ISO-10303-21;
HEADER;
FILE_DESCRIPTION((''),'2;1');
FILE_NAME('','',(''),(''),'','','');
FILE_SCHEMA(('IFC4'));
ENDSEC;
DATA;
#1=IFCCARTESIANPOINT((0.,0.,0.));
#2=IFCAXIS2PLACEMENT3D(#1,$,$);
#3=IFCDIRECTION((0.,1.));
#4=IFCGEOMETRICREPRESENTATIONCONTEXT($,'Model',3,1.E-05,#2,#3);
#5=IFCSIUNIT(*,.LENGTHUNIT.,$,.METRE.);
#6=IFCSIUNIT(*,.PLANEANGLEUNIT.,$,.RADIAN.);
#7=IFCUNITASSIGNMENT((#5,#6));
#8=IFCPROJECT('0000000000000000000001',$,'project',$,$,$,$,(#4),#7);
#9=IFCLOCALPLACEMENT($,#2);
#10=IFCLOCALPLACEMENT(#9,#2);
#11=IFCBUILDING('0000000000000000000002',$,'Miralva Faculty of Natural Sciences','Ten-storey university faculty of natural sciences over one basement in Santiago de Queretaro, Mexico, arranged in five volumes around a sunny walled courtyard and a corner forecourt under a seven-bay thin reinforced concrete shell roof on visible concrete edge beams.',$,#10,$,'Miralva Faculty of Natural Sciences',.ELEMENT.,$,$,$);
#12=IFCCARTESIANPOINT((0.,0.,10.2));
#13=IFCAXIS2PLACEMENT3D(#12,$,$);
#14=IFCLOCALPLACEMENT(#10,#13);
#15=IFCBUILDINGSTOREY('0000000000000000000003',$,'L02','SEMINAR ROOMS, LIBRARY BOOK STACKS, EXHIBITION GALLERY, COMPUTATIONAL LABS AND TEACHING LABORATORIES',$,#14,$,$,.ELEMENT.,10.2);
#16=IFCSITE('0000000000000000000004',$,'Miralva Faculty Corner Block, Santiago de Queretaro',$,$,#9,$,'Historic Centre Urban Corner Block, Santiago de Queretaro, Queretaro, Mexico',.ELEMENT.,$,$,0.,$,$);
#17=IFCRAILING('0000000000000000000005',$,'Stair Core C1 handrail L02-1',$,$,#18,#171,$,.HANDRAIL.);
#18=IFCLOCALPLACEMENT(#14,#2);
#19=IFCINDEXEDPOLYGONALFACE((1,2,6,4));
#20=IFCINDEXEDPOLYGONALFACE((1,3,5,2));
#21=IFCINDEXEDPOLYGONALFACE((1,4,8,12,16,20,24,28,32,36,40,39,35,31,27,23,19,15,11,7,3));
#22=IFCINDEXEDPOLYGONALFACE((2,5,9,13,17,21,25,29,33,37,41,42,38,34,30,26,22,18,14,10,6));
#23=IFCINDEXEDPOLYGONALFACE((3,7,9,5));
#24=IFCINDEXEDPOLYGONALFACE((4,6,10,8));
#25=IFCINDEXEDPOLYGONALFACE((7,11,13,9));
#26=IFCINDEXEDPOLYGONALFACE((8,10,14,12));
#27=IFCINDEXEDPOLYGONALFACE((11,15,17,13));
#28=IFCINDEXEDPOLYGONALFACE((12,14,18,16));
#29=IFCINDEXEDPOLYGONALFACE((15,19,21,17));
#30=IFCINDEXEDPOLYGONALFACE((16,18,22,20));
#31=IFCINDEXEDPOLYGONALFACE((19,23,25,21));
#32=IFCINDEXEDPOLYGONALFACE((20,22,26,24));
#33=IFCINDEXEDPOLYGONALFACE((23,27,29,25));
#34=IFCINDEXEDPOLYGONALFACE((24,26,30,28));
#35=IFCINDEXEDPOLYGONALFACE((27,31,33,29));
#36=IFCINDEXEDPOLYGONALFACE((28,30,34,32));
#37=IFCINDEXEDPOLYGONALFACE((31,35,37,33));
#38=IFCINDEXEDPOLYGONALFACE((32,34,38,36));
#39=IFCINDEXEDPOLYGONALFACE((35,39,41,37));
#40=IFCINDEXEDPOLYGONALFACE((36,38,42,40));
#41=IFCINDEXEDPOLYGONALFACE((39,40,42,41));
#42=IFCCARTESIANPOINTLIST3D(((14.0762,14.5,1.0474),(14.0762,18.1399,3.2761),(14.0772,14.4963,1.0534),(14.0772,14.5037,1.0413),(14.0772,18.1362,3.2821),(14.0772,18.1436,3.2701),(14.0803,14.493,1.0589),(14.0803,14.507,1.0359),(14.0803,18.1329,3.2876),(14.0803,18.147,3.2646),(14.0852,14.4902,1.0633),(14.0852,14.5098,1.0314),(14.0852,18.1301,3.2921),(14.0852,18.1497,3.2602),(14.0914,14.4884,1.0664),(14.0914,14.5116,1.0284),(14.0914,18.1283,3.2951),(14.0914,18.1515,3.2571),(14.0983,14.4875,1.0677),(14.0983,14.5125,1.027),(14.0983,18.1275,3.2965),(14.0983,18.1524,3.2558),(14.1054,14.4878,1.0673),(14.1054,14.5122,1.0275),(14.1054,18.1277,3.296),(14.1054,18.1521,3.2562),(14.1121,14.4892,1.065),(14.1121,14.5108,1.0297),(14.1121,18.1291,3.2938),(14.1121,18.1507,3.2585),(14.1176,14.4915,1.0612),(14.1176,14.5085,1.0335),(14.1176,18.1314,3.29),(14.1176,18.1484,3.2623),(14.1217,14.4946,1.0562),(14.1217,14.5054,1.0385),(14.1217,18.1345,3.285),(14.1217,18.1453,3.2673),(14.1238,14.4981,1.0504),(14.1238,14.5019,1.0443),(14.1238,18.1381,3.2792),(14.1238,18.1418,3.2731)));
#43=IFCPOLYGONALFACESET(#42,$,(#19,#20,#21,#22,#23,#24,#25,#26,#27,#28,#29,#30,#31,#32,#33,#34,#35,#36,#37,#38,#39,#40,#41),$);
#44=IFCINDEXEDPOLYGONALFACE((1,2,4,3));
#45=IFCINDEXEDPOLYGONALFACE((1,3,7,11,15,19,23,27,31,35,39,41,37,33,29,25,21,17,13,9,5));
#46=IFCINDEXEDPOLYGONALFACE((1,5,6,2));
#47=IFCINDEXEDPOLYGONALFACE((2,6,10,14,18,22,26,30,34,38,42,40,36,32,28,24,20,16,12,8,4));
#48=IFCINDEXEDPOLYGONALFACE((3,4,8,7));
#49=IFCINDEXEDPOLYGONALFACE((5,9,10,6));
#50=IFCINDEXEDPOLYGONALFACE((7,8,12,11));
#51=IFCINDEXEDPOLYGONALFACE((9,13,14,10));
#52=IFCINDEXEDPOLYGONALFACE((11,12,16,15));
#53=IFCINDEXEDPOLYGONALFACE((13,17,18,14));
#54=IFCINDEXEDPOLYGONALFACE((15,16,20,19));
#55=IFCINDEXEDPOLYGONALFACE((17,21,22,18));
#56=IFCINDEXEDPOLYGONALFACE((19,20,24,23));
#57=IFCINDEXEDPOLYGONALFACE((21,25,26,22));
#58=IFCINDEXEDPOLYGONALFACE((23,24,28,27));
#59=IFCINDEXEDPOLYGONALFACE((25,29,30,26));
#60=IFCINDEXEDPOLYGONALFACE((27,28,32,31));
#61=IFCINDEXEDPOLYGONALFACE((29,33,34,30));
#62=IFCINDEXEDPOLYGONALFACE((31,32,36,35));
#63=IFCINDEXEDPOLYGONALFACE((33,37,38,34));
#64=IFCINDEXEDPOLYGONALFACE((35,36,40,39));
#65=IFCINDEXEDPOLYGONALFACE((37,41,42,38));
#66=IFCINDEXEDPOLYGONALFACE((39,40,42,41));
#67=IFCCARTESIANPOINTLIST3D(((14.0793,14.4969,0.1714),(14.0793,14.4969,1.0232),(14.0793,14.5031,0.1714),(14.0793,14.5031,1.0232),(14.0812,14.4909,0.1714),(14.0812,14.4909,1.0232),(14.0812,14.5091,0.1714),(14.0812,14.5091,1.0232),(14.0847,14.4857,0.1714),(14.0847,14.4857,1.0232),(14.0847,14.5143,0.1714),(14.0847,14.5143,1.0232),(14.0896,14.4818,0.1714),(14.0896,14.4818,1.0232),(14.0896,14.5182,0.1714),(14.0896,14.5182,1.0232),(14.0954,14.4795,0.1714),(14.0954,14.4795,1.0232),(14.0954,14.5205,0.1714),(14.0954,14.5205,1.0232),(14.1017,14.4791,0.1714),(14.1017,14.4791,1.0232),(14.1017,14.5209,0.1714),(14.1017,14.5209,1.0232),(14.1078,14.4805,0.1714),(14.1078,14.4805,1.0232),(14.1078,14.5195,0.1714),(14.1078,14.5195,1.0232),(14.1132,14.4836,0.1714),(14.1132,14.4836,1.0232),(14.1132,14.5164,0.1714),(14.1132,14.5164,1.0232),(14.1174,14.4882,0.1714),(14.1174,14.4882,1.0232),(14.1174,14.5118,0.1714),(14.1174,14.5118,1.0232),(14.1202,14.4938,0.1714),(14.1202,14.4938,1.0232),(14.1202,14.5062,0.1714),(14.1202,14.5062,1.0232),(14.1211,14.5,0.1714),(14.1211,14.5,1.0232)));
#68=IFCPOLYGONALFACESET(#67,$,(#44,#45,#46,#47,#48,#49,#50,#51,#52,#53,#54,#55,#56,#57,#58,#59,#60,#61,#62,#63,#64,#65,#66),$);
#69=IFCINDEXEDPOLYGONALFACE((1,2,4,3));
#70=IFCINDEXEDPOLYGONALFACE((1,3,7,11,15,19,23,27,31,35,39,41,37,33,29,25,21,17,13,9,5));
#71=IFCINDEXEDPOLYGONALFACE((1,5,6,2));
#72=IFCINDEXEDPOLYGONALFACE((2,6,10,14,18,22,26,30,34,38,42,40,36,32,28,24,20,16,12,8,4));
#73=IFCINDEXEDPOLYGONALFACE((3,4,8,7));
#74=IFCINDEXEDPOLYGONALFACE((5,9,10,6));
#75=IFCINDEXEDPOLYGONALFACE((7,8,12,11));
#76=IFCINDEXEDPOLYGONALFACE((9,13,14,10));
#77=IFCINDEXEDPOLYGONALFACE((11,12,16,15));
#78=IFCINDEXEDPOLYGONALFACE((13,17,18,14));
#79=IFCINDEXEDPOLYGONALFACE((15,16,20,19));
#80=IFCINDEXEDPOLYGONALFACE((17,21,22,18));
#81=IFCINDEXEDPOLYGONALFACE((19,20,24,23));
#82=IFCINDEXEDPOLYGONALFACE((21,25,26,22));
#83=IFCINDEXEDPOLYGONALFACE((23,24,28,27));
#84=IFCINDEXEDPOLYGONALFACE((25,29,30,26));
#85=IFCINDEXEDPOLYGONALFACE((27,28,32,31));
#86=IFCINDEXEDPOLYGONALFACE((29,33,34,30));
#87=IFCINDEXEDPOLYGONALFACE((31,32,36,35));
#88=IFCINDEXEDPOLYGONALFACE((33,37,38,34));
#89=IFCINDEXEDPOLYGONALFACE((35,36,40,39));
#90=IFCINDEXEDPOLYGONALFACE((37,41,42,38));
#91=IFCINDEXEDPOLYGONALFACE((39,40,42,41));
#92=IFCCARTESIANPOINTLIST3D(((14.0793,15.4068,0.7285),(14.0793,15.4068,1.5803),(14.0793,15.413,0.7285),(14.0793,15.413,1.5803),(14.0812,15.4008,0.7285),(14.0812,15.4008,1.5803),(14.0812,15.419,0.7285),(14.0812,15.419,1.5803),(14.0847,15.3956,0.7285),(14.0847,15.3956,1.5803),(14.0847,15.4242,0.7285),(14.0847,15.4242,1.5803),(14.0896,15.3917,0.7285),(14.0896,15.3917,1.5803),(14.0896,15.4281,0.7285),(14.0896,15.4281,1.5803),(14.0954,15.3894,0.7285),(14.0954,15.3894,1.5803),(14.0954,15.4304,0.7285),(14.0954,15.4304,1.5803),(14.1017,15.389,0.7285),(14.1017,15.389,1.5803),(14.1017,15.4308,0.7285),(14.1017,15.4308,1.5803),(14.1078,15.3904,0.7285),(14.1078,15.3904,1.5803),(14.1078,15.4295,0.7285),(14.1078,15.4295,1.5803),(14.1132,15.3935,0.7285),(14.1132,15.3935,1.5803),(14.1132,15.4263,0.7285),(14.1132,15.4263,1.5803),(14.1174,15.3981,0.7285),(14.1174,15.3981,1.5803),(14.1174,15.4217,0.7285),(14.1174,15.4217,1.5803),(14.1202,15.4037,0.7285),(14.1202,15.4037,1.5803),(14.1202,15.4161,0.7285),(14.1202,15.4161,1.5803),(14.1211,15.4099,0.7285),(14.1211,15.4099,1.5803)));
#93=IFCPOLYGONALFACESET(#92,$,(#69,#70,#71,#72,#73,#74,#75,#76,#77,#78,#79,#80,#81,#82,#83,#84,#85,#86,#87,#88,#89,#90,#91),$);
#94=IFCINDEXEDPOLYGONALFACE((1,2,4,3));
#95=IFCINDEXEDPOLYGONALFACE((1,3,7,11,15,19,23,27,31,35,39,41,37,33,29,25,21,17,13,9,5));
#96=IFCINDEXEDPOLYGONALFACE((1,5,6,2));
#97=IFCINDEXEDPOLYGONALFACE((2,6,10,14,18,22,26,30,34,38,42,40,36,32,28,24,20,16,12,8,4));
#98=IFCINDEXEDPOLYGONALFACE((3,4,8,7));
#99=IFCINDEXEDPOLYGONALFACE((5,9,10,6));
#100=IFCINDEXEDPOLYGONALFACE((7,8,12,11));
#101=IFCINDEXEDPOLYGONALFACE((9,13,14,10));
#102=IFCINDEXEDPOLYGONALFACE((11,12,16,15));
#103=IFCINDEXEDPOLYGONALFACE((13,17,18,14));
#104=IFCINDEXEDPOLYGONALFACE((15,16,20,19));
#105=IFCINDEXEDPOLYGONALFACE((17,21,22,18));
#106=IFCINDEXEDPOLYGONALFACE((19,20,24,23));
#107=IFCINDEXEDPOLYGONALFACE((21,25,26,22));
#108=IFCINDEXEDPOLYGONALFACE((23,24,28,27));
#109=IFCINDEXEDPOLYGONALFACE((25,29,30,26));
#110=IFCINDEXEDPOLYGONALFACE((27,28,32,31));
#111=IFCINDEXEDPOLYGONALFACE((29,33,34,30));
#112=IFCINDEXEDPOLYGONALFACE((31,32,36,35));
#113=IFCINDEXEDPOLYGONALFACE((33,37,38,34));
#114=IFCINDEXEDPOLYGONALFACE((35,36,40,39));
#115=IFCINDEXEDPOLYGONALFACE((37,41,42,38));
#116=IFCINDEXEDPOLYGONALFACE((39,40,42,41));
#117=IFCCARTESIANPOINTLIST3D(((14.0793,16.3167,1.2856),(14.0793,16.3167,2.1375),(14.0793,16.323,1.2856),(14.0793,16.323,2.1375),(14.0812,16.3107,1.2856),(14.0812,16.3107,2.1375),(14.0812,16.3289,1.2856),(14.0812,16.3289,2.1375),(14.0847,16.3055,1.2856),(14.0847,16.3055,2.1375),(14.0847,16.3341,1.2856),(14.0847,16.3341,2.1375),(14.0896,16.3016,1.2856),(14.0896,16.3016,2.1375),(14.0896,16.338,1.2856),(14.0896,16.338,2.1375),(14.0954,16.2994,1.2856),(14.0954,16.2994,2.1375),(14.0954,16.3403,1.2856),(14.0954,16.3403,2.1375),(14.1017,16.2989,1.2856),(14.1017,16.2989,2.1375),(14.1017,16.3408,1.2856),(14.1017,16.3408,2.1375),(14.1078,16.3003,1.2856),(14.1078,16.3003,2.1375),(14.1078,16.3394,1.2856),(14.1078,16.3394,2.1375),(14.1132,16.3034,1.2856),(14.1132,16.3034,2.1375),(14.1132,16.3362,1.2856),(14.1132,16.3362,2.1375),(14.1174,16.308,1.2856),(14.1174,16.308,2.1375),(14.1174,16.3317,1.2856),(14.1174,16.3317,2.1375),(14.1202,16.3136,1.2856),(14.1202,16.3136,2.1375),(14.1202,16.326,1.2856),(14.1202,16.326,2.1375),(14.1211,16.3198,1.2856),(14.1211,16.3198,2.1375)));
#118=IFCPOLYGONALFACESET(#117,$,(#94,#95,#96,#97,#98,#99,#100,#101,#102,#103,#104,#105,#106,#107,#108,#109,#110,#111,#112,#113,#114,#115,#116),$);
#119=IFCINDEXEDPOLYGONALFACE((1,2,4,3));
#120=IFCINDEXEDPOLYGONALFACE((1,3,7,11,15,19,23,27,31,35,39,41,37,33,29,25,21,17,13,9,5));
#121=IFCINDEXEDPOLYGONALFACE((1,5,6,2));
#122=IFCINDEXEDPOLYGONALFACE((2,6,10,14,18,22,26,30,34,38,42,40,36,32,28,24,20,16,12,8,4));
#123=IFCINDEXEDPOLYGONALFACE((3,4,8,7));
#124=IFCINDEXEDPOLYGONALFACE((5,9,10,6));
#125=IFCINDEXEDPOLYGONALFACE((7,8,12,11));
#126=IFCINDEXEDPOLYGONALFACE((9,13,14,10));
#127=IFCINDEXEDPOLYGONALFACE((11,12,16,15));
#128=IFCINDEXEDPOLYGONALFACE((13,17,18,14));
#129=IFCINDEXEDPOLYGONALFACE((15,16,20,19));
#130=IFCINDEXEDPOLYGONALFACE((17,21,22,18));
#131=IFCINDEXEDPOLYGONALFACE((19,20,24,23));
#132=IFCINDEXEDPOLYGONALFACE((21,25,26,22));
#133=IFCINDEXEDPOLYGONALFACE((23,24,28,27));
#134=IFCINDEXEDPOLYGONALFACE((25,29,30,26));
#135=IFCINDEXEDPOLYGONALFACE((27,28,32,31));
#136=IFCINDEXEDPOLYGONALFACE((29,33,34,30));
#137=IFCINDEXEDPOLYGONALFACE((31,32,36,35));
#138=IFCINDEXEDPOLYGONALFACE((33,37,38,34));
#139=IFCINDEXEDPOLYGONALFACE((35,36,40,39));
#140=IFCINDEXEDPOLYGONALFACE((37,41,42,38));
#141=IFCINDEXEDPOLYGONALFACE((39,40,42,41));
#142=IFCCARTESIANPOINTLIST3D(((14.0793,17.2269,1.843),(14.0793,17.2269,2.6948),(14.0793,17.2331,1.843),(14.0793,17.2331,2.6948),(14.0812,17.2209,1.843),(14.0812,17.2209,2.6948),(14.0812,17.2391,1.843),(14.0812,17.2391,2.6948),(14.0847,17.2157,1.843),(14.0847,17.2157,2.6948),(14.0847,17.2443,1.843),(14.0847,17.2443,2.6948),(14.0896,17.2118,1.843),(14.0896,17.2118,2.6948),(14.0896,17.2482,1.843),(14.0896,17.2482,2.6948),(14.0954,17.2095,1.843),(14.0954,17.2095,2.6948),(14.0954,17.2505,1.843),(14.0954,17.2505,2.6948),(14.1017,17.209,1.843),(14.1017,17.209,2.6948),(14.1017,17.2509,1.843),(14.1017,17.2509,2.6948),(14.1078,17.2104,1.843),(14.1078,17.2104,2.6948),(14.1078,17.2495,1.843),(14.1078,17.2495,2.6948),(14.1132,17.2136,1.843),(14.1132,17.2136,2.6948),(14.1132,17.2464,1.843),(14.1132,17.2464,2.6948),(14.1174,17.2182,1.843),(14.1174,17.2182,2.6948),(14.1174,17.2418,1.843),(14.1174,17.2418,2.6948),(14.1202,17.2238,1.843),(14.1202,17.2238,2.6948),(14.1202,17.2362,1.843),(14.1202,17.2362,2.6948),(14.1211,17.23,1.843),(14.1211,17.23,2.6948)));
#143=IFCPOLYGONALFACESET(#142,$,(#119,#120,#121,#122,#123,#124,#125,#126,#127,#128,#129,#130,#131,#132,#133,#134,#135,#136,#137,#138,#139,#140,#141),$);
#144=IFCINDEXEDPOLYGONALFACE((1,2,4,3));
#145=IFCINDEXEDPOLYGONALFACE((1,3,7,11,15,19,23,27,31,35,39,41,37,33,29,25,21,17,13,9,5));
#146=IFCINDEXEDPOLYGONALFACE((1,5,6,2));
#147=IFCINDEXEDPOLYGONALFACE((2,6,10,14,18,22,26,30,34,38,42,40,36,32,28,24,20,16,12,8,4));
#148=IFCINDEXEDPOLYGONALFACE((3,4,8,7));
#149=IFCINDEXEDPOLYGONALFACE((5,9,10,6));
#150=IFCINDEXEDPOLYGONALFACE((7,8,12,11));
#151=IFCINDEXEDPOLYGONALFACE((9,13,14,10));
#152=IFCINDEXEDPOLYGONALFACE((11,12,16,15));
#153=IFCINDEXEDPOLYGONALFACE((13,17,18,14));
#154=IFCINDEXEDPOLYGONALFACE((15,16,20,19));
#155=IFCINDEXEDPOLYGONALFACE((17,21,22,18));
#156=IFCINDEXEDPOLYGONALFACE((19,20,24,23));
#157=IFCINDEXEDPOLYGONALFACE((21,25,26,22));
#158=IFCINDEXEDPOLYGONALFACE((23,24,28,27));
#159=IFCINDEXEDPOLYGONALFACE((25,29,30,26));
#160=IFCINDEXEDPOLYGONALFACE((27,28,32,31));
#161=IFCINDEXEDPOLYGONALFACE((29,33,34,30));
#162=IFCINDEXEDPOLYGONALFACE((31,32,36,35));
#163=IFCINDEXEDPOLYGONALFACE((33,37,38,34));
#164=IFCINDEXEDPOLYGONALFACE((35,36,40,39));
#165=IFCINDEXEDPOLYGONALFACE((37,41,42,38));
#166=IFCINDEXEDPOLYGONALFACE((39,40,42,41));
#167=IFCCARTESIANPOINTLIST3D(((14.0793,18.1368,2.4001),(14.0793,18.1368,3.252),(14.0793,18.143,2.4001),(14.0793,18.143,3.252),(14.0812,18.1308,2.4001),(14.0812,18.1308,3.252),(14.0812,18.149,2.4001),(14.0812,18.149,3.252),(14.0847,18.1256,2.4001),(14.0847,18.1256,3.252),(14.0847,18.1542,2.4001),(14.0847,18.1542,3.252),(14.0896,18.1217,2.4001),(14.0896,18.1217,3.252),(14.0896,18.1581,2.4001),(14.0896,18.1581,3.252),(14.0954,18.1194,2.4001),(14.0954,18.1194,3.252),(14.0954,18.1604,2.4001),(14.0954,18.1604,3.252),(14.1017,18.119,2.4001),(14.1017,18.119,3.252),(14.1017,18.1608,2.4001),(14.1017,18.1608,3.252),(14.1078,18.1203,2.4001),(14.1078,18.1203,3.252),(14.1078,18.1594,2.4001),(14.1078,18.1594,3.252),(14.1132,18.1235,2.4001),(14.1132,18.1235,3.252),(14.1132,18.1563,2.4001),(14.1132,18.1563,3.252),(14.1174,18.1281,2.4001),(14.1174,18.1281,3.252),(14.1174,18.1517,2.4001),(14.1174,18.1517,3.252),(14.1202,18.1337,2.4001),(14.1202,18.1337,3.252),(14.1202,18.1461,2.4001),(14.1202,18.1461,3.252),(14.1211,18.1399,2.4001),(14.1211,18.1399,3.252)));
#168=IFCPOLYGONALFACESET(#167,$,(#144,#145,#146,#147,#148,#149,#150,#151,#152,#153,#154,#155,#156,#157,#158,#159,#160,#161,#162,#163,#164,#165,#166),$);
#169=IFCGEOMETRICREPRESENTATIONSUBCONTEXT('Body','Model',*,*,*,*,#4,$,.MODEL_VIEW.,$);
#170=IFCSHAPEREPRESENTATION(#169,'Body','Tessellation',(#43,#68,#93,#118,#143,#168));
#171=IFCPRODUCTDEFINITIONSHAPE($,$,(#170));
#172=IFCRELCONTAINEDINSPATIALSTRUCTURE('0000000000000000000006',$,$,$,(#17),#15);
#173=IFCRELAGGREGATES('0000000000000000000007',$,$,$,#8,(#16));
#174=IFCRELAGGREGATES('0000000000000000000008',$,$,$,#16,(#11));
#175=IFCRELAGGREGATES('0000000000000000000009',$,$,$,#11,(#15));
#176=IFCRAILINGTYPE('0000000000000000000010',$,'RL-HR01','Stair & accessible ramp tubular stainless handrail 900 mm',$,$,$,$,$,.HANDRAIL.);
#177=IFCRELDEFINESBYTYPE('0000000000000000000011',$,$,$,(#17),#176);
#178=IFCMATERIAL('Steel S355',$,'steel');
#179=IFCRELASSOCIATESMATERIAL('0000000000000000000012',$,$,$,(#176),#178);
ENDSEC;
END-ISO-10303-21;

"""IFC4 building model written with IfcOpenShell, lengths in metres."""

from ifc_helpers import new_model, si_unit, direction, frame, origin, origin_2d, place, context, subcontext, project, spatial, circle, extrude, material, type_object, element, save


model = new_model("IFC4")

# Units and contexts
model_context = context("Model", 3, precision=1e-05, world=origin(), true_north=direction((0.0, 1.0)))
body_context = subcontext(model_context, "Body", "Model", "MODEL_VIEW")
ifc_project = project(units=[si_unit("LENGTHUNIT", "METRE"), si_unit("PLANEANGLEUNIT", "RADIAN")], contexts=[model_context])

# Site, building, storey
site_placement = place(None, origin())
site = spatial("IfcSite", under=ifc_project, at=site_placement, Name="Miralva Faculty Corner Block, Santiago de Queretaro", LongName="Historic Centre Urban Corner Block, Santiago de Queretaro, Queretaro, Mexico", CompositionType="ELEMENT", RefElevation=0.0)
building_placement = place(site_placement, origin())
building = spatial("IfcBuilding", under=site, at=building_placement, Name="Miralva Faculty of Natural Sciences", Description="Ten-storey university faculty of natural sciences over one basement in Santiago de Queretaro, Mexico, arranged in five volumes around a sunny walled courtyard and a corner forecourt under a seven-bay thin reinforced concrete shell roof on visible concrete edge beams.", LongName="Miralva Faculty of Natural Sciences", CompositionType="ELEMENT")
storey_placement = place(building_placement, frame((0.0, 0.0, 10.2)))
storey = spatial("IfcBuildingStorey", under=building, at=storey_placement, Name="L02", Description="SEMINAR ROOMS, LIBRARY BOOK STACKS, EXHIBITION GALLERY, COMPUTATIONAL LABS AND TEACHING LABORATORIES", CompositionType="ELEMENT", Elevation=10.2)

# Railing
ifc_material_1 = material(Name="Steel S355", Category="steel")
railing_type_1 = type_object("IfcRailingType", Name="RL-HR01", Description="Stair & accessible ramp tubular stainless handrail 900 mm", PredefinedType="HANDRAIL", material=ifc_material_1)
railing_1_placement = place(storey_placement, frame((14.1001, 14.5, 0.1714)))
element("IfcRailing", 1, at=railing_1_placement, inside=storey, type_object=railing_type_1, Name="Stair Core C1 handrail L02-1", PredefinedType="HANDRAIL", context=body_context, shape_type="SweptSolid", body=[
    extrude(circle(Radius=0.0239, at=origin_2d()), frame((0.0, 0.0, 0.876), z_axis=(0.0, 0.852825, 0.522197), x_axis=(-1.0, 0.0, 0.0)), (0.0, 0.0, 1.0), 4.2681),
    extrude(circle(Radius=0.021, at=origin_2d()), origin(), (0.0, 0.0, 1.0), 0.8518),
    extrude(circle(Radius=0.021, at=origin_2d()), frame((0.0, 0.9099, 0.5571)), (0.0, 0.0, 1.0), 0.8518),
    extrude(circle(Radius=0.021, at=origin_2d()), frame((0.0, 1.8198, 1.1143)), (0.0, 0.0, 1.0), 0.8518),
    extrude(circle(Radius=0.021, at=origin_2d()), frame((0.0, 2.73, 1.6716)), (0.0, 0.0, 1.0), 0.8518),
    extrude(circle(Radius=0.021, at=origin_2d()), frame((0.0, 3.6399, 2.2288)), (0.0, 0.0, 1.0), 0.8518),
])

save(model, "model.ifc")
